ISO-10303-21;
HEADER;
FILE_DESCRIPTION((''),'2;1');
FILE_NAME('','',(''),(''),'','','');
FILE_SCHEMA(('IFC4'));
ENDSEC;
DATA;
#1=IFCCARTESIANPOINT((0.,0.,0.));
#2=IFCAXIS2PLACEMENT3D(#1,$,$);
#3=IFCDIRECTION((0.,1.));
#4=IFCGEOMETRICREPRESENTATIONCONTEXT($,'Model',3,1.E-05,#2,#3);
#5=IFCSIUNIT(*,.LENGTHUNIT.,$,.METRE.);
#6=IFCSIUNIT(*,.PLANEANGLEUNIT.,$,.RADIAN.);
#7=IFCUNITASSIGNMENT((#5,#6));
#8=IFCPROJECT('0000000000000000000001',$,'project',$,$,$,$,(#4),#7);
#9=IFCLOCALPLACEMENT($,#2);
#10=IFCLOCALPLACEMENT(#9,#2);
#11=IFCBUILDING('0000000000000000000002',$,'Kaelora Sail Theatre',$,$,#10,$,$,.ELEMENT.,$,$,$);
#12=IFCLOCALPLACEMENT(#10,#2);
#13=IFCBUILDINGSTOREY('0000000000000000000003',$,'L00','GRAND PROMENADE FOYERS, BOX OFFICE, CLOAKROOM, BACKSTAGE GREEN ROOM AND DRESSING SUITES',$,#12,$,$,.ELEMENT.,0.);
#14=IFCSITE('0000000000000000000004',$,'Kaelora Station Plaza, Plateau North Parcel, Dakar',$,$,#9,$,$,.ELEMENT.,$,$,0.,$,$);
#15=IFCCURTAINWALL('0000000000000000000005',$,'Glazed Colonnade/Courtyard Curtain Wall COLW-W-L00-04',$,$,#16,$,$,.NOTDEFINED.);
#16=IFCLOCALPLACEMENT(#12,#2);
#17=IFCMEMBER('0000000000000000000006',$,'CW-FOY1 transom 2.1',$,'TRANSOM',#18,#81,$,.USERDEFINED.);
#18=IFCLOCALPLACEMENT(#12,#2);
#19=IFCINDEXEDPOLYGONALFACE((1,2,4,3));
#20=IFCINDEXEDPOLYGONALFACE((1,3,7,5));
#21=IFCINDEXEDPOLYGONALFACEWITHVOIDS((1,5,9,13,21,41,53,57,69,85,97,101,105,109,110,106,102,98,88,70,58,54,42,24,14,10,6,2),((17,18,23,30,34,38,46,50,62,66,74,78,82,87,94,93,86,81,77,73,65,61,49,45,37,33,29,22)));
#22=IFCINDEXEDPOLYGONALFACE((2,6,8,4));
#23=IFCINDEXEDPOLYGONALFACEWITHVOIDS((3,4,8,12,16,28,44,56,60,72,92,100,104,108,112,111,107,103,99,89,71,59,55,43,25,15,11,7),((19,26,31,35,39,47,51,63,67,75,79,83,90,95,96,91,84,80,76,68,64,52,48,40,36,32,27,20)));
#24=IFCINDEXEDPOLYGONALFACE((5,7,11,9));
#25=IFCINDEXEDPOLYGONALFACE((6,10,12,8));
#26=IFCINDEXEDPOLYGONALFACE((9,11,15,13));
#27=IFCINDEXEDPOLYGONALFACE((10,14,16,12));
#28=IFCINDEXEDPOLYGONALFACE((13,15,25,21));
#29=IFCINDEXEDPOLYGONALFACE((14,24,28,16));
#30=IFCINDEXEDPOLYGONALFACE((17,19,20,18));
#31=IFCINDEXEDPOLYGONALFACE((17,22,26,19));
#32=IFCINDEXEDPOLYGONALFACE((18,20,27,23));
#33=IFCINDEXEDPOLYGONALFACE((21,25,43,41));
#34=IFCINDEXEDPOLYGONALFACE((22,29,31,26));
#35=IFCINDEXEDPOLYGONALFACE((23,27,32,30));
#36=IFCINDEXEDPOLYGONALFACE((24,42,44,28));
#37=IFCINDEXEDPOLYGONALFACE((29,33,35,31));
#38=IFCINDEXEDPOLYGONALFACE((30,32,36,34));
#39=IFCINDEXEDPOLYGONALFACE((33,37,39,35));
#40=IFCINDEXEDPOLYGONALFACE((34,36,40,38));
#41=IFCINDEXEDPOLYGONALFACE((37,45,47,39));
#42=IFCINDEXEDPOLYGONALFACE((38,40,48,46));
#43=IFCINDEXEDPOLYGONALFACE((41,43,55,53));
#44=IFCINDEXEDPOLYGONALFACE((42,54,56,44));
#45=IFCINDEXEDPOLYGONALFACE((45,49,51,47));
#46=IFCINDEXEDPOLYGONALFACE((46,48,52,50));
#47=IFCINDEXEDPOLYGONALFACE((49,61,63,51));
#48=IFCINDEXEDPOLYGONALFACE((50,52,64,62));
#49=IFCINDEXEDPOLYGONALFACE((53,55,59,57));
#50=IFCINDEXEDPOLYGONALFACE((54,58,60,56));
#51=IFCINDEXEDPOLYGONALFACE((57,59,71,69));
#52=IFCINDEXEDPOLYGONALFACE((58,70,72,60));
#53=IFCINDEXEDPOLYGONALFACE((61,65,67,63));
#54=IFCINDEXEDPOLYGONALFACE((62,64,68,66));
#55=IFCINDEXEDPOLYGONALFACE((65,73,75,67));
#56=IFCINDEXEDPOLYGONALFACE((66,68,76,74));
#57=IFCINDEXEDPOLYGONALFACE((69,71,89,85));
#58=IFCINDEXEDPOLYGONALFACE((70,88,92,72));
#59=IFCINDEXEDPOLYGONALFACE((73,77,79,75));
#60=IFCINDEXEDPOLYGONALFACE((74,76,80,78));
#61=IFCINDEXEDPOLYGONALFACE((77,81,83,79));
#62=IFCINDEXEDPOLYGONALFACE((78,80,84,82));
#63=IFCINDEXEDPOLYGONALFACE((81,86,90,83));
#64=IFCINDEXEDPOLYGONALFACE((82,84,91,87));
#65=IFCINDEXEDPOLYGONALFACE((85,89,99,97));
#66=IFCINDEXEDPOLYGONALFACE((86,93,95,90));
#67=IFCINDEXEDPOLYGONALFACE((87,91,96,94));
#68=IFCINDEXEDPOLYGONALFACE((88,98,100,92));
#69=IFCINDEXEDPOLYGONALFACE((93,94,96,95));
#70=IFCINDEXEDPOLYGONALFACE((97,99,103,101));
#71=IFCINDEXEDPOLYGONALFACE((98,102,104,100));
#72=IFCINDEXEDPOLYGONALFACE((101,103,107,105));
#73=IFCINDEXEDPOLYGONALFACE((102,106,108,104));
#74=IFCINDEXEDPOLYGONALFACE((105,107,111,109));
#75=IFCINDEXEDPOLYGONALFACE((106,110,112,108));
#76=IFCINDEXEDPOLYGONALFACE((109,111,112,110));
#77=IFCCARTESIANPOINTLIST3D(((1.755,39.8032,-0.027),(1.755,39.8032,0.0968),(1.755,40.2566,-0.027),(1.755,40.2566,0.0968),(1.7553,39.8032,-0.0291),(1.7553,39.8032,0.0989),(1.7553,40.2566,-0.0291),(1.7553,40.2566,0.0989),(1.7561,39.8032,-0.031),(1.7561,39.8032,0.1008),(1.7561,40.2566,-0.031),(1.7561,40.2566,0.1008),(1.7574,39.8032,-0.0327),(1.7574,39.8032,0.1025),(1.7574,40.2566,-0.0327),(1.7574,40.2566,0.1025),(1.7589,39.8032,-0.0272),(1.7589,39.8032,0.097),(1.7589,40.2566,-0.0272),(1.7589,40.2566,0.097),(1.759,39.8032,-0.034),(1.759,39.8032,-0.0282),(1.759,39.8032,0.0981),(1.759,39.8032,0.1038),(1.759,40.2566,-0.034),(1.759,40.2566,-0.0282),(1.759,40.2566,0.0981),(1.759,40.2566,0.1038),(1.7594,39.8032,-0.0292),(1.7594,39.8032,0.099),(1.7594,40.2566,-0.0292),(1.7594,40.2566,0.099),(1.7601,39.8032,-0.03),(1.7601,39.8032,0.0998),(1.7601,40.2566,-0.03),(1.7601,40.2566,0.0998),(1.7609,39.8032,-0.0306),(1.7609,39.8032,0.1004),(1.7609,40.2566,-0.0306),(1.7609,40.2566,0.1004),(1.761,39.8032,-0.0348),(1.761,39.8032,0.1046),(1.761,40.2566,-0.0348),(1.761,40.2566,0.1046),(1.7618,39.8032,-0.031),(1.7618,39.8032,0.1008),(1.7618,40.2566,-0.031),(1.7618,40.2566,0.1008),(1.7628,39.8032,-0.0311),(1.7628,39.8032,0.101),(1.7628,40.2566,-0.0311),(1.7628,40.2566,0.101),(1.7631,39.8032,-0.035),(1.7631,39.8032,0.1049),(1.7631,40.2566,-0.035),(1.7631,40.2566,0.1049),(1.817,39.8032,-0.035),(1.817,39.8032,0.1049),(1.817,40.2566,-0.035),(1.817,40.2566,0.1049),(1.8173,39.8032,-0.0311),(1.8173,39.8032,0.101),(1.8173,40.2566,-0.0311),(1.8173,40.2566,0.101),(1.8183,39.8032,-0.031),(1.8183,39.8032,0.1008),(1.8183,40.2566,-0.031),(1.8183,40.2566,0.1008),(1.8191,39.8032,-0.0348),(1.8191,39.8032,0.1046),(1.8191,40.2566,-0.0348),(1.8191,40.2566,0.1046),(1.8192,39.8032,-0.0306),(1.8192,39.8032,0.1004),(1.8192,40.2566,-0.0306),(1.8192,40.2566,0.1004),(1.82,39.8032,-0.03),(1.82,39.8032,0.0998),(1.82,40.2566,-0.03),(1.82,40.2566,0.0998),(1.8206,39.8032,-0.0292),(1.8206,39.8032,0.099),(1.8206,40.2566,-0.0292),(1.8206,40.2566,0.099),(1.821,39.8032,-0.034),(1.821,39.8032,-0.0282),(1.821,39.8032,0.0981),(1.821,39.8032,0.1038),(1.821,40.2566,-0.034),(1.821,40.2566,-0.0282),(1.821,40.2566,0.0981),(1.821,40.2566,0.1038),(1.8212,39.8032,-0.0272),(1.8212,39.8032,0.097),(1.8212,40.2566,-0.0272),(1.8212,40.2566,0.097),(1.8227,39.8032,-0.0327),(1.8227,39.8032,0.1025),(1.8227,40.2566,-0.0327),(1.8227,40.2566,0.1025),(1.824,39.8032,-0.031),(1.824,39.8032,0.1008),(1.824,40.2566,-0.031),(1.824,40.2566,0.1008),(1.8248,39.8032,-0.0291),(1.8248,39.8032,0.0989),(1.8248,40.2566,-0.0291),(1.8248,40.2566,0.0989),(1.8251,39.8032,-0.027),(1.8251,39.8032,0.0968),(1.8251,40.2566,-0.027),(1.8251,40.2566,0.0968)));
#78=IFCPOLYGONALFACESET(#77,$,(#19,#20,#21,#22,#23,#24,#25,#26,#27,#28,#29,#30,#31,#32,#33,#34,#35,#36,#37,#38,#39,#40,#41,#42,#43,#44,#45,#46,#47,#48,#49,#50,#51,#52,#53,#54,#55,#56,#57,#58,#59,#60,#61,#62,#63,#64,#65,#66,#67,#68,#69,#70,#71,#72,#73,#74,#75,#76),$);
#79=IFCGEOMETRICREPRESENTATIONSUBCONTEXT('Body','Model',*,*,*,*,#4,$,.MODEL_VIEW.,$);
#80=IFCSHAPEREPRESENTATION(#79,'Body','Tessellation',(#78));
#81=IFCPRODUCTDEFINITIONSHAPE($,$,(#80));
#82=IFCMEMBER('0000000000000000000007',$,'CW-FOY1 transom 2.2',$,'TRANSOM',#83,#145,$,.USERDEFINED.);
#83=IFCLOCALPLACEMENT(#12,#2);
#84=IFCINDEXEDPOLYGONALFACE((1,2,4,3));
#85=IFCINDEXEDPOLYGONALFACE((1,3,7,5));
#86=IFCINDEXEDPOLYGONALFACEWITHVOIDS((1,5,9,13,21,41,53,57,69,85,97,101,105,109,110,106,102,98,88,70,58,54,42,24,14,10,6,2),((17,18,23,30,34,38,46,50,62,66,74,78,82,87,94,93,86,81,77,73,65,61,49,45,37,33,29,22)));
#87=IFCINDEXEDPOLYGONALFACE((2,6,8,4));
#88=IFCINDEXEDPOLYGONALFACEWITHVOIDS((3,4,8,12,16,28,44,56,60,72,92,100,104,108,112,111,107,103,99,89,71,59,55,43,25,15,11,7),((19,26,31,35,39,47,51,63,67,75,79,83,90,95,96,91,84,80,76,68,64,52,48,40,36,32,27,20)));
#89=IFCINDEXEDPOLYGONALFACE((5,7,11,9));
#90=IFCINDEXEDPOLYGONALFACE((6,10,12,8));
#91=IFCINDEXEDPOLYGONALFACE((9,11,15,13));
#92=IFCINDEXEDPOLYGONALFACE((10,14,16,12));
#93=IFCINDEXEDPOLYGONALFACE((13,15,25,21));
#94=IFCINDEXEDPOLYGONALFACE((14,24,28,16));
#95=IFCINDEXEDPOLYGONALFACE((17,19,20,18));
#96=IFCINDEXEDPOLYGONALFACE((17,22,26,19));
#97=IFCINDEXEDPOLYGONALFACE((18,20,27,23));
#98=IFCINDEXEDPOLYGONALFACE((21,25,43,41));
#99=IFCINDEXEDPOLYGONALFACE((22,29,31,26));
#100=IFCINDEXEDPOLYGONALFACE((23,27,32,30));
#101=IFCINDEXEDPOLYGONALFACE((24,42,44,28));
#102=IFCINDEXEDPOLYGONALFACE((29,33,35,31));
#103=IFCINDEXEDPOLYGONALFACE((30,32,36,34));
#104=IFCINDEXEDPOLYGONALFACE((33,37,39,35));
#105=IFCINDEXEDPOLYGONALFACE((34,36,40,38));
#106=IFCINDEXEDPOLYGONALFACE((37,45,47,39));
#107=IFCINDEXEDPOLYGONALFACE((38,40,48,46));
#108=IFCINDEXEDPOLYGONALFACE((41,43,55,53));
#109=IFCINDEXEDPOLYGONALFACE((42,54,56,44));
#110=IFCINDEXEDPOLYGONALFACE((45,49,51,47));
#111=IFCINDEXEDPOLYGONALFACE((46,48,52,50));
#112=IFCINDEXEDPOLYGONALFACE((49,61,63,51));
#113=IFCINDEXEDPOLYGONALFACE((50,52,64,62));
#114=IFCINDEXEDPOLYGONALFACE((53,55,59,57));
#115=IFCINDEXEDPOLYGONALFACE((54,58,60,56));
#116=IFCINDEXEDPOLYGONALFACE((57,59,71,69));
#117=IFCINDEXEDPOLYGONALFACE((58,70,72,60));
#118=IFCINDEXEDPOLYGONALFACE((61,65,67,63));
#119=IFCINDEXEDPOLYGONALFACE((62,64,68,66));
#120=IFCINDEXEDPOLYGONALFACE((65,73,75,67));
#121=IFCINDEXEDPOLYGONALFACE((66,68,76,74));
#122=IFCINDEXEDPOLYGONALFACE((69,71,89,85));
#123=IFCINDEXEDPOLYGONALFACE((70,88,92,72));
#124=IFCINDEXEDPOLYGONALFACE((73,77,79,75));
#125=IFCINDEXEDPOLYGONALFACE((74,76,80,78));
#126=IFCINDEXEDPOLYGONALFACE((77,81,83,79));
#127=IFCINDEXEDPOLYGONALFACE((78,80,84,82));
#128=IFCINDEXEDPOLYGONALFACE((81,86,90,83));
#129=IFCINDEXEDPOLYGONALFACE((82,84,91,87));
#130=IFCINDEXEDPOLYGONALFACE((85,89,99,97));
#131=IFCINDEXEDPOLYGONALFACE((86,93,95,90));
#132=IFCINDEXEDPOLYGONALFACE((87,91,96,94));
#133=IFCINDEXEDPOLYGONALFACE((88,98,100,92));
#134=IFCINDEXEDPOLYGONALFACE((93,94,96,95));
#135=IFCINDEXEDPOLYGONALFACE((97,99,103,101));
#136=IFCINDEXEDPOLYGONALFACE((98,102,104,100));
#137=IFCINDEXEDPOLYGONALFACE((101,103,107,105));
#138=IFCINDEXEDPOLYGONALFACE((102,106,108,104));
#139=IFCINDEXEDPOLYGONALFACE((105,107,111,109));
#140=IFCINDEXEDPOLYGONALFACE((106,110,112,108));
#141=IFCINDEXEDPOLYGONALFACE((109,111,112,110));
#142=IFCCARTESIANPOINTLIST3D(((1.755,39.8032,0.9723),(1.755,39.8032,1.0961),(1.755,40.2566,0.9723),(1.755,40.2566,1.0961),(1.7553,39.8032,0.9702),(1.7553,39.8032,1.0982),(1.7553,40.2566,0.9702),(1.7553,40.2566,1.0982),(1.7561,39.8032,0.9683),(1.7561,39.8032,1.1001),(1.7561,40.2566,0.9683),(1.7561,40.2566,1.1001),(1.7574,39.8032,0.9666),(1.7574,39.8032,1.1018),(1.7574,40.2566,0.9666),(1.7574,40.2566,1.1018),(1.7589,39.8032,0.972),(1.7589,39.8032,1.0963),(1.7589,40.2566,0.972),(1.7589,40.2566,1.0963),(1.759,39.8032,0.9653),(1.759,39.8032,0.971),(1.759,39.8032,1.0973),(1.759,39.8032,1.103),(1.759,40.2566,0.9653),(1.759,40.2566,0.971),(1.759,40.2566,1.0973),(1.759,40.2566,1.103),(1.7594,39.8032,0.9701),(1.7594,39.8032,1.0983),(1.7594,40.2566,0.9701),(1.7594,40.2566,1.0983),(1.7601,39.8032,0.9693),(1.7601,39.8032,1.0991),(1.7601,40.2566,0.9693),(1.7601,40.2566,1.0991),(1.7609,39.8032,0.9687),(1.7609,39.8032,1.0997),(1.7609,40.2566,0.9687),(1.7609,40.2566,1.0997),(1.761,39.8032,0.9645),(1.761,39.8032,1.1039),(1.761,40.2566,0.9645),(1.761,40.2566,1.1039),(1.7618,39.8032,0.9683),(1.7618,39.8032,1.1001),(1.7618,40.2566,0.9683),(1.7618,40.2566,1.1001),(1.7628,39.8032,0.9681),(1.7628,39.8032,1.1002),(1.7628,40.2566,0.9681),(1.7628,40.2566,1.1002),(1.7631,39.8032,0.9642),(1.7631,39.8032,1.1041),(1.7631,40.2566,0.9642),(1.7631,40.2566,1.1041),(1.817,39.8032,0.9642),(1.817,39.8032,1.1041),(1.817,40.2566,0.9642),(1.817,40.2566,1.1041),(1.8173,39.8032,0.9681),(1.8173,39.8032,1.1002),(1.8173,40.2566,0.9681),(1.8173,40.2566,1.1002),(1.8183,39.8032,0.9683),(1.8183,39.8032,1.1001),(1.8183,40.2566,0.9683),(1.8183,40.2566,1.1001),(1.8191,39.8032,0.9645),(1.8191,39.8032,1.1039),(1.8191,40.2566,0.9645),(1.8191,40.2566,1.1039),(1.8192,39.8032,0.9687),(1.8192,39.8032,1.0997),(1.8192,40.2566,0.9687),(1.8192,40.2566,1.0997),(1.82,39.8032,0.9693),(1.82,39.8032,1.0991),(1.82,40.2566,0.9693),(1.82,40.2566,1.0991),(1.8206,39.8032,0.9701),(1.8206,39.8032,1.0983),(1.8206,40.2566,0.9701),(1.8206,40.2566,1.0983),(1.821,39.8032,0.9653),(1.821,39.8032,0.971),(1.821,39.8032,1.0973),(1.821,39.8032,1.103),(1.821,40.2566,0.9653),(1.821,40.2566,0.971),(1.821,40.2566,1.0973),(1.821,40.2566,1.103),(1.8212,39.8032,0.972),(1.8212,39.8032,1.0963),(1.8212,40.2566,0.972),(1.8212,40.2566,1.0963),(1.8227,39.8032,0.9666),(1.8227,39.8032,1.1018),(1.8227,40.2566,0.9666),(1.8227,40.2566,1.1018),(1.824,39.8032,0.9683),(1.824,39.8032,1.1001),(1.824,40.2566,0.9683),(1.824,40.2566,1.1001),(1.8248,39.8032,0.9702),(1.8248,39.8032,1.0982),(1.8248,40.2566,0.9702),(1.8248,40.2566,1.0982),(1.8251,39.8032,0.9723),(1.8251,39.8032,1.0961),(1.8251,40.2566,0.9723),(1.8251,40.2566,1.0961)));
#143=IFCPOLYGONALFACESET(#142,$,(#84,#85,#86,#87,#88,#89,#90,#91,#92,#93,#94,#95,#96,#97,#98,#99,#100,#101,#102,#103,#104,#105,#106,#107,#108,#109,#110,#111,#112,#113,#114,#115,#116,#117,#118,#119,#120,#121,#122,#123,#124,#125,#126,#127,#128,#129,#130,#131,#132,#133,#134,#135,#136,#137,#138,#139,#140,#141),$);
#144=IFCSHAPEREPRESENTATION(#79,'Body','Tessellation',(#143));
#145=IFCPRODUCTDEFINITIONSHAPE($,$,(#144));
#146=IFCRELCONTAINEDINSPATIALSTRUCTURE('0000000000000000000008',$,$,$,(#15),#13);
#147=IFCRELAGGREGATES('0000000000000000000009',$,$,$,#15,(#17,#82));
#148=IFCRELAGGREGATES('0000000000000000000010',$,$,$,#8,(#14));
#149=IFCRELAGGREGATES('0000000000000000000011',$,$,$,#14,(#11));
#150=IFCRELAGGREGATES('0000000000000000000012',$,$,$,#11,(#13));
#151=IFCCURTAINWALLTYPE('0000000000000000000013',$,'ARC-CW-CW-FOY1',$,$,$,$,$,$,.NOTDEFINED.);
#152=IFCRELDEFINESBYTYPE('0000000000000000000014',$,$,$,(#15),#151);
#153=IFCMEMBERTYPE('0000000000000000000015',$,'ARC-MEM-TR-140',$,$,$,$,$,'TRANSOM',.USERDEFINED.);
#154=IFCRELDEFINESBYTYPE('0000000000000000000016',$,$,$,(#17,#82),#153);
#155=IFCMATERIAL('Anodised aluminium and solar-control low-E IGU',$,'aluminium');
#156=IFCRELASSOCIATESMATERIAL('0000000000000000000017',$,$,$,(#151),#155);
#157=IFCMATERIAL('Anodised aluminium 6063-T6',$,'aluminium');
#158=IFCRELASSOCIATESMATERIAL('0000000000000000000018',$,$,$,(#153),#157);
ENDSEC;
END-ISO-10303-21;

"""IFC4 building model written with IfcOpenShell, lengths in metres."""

from ifc_helpers import new_model, si_unit, direction, frame, origin, origin_2d, place, context, subcontext, project, spatial, hollow_rectangle, extrude, material, material_profile, profile_set, type_object, element, aggregate, save


model = new_model("IFC4")

# Units and contexts
model_context = context("Model", 3, precision=1e-05, world=origin(), true_north=direction((0.0, 1.0)))
body_context = subcontext(model_context, "Body", "Model", "MODEL_VIEW")
ifc_project = project(units=[si_unit("LENGTHUNIT", "METRE"), si_unit("PLANEANGLEUNIT", "RADIAN")], contexts=[model_context])

# Site, building, storey
site_placement = place(None, origin())
site = spatial("IfcSite", under=ifc_project, at=site_placement, Name="Kaelora Station Plaza, Plateau North Parcel, Dakar", CompositionType="ELEMENT", RefElevation=0.0)
building_placement = place(site_placement, origin())
building = spatial("IfcBuilding", under=site, at=building_placement, Name="Kaelora Sail Theatre", CompositionType="ELEMENT")
storey_placement = place(building_placement, origin())
storey = spatial("IfcBuildingStorey", under=building, at=storey_placement, Name="L00", Description="GRAND PROMENADE FOYERS, BOX OFFICE, CLOAKROOM, BACKSTAGE GREEN ROOM AND DRESSING SUITES", CompositionType="ELEMENT", Elevation=0.0)

# Curtain wall, members
ifc_material_1 = material(Name="Anodised aluminium and solar-control low-E IGU", Category="aluminium")
curtain_wall_type = type_object("IfcCurtainWallType", Name="ARC-CW-CW-FOY1", PredefinedType="NOTDEFINED", material=ifc_material_1)
curtain_wall_placement = place(storey_placement, origin())
curtain_wall = element("IfcCurtainWall", 1, at=curtain_wall_placement, inside=storey, type_object=curtain_wall_type, Name="Glazed Colonnade/Courtyard Curtain Wall COLW-W-L00-04", PredefinedType="NOTDEFINED")
ifc_material_2 = material(Name="Anodised aluminium 6063-T6", Category="aluminium")
ifc_material_profile_1 = material_profile(ifc_material_2, hollow_rectangle(XDim=0.0701, YDim=0.1399, WallThickness=0.0039, InnerFilletRadius=0.0039, OuterFilletRadius=0.0081, at=origin_2d()), Name="ALU-TRAN 70x140x4")
ifc_profile_set_1 = profile_set([ifc_material_profile_1], Name="Anodised aluminium 6063-T6")
member_type_1 = type_object("IfcMemberType", Name="ARC-MEM-TR-140", ElementType="TRANSOM", PredefinedType="USERDEFINED", material=ifc_profile_set_1)
member_1_placement = place(storey_placement, frame((1.79, 39.8032, 0.0349), z_axis=(0.0, 1.0, 0.0), x_axis=(-1.0, 0.0, 0.0)))
member_1 = element("IfcMember", 2, at=member_1_placement, type_object=member_type_1, Name="CW-FOY1 transom 2.1", ObjectType="TRANSOM", PredefinedType="USERDEFINED", context=body_context, shape_type="SweptSolid", body=[
    extrude(hollow_rectangle(XDim=0.0701, YDim=0.1399, WallThickness=0.0039, InnerFilletRadius=0.0039, OuterFilletRadius=0.0081, at=origin_2d()), origin(), (0.0, 0.0, 1.0), 0.4534),
])
member_2_placement = place(storey_placement, frame((1.79, 39.8032, 1.0342), z_axis=(0.0, 1.0, 0.0), x_axis=(-1.0, 0.0, 0.0)))
member_2 = element("IfcMember", 3, at=member_2_placement, type_object=member_type_1, Name="CW-FOY1 transom 2.2", ObjectType="TRANSOM", PredefinedType="USERDEFINED", context=body_context, shape_type="SweptSolid", body=[
    extrude(hollow_rectangle(XDim=0.0701, YDim=0.1399, WallThickness=0.0039, InnerFilletRadius=0.0039, OuterFilletRadius=0.0081, at=origin_2d()), origin(), (0.0, 0.0, 1.0), 0.4534),
])
aggregate(curtain_wall, [member_1, member_2])

save(model, "model.ifc")
